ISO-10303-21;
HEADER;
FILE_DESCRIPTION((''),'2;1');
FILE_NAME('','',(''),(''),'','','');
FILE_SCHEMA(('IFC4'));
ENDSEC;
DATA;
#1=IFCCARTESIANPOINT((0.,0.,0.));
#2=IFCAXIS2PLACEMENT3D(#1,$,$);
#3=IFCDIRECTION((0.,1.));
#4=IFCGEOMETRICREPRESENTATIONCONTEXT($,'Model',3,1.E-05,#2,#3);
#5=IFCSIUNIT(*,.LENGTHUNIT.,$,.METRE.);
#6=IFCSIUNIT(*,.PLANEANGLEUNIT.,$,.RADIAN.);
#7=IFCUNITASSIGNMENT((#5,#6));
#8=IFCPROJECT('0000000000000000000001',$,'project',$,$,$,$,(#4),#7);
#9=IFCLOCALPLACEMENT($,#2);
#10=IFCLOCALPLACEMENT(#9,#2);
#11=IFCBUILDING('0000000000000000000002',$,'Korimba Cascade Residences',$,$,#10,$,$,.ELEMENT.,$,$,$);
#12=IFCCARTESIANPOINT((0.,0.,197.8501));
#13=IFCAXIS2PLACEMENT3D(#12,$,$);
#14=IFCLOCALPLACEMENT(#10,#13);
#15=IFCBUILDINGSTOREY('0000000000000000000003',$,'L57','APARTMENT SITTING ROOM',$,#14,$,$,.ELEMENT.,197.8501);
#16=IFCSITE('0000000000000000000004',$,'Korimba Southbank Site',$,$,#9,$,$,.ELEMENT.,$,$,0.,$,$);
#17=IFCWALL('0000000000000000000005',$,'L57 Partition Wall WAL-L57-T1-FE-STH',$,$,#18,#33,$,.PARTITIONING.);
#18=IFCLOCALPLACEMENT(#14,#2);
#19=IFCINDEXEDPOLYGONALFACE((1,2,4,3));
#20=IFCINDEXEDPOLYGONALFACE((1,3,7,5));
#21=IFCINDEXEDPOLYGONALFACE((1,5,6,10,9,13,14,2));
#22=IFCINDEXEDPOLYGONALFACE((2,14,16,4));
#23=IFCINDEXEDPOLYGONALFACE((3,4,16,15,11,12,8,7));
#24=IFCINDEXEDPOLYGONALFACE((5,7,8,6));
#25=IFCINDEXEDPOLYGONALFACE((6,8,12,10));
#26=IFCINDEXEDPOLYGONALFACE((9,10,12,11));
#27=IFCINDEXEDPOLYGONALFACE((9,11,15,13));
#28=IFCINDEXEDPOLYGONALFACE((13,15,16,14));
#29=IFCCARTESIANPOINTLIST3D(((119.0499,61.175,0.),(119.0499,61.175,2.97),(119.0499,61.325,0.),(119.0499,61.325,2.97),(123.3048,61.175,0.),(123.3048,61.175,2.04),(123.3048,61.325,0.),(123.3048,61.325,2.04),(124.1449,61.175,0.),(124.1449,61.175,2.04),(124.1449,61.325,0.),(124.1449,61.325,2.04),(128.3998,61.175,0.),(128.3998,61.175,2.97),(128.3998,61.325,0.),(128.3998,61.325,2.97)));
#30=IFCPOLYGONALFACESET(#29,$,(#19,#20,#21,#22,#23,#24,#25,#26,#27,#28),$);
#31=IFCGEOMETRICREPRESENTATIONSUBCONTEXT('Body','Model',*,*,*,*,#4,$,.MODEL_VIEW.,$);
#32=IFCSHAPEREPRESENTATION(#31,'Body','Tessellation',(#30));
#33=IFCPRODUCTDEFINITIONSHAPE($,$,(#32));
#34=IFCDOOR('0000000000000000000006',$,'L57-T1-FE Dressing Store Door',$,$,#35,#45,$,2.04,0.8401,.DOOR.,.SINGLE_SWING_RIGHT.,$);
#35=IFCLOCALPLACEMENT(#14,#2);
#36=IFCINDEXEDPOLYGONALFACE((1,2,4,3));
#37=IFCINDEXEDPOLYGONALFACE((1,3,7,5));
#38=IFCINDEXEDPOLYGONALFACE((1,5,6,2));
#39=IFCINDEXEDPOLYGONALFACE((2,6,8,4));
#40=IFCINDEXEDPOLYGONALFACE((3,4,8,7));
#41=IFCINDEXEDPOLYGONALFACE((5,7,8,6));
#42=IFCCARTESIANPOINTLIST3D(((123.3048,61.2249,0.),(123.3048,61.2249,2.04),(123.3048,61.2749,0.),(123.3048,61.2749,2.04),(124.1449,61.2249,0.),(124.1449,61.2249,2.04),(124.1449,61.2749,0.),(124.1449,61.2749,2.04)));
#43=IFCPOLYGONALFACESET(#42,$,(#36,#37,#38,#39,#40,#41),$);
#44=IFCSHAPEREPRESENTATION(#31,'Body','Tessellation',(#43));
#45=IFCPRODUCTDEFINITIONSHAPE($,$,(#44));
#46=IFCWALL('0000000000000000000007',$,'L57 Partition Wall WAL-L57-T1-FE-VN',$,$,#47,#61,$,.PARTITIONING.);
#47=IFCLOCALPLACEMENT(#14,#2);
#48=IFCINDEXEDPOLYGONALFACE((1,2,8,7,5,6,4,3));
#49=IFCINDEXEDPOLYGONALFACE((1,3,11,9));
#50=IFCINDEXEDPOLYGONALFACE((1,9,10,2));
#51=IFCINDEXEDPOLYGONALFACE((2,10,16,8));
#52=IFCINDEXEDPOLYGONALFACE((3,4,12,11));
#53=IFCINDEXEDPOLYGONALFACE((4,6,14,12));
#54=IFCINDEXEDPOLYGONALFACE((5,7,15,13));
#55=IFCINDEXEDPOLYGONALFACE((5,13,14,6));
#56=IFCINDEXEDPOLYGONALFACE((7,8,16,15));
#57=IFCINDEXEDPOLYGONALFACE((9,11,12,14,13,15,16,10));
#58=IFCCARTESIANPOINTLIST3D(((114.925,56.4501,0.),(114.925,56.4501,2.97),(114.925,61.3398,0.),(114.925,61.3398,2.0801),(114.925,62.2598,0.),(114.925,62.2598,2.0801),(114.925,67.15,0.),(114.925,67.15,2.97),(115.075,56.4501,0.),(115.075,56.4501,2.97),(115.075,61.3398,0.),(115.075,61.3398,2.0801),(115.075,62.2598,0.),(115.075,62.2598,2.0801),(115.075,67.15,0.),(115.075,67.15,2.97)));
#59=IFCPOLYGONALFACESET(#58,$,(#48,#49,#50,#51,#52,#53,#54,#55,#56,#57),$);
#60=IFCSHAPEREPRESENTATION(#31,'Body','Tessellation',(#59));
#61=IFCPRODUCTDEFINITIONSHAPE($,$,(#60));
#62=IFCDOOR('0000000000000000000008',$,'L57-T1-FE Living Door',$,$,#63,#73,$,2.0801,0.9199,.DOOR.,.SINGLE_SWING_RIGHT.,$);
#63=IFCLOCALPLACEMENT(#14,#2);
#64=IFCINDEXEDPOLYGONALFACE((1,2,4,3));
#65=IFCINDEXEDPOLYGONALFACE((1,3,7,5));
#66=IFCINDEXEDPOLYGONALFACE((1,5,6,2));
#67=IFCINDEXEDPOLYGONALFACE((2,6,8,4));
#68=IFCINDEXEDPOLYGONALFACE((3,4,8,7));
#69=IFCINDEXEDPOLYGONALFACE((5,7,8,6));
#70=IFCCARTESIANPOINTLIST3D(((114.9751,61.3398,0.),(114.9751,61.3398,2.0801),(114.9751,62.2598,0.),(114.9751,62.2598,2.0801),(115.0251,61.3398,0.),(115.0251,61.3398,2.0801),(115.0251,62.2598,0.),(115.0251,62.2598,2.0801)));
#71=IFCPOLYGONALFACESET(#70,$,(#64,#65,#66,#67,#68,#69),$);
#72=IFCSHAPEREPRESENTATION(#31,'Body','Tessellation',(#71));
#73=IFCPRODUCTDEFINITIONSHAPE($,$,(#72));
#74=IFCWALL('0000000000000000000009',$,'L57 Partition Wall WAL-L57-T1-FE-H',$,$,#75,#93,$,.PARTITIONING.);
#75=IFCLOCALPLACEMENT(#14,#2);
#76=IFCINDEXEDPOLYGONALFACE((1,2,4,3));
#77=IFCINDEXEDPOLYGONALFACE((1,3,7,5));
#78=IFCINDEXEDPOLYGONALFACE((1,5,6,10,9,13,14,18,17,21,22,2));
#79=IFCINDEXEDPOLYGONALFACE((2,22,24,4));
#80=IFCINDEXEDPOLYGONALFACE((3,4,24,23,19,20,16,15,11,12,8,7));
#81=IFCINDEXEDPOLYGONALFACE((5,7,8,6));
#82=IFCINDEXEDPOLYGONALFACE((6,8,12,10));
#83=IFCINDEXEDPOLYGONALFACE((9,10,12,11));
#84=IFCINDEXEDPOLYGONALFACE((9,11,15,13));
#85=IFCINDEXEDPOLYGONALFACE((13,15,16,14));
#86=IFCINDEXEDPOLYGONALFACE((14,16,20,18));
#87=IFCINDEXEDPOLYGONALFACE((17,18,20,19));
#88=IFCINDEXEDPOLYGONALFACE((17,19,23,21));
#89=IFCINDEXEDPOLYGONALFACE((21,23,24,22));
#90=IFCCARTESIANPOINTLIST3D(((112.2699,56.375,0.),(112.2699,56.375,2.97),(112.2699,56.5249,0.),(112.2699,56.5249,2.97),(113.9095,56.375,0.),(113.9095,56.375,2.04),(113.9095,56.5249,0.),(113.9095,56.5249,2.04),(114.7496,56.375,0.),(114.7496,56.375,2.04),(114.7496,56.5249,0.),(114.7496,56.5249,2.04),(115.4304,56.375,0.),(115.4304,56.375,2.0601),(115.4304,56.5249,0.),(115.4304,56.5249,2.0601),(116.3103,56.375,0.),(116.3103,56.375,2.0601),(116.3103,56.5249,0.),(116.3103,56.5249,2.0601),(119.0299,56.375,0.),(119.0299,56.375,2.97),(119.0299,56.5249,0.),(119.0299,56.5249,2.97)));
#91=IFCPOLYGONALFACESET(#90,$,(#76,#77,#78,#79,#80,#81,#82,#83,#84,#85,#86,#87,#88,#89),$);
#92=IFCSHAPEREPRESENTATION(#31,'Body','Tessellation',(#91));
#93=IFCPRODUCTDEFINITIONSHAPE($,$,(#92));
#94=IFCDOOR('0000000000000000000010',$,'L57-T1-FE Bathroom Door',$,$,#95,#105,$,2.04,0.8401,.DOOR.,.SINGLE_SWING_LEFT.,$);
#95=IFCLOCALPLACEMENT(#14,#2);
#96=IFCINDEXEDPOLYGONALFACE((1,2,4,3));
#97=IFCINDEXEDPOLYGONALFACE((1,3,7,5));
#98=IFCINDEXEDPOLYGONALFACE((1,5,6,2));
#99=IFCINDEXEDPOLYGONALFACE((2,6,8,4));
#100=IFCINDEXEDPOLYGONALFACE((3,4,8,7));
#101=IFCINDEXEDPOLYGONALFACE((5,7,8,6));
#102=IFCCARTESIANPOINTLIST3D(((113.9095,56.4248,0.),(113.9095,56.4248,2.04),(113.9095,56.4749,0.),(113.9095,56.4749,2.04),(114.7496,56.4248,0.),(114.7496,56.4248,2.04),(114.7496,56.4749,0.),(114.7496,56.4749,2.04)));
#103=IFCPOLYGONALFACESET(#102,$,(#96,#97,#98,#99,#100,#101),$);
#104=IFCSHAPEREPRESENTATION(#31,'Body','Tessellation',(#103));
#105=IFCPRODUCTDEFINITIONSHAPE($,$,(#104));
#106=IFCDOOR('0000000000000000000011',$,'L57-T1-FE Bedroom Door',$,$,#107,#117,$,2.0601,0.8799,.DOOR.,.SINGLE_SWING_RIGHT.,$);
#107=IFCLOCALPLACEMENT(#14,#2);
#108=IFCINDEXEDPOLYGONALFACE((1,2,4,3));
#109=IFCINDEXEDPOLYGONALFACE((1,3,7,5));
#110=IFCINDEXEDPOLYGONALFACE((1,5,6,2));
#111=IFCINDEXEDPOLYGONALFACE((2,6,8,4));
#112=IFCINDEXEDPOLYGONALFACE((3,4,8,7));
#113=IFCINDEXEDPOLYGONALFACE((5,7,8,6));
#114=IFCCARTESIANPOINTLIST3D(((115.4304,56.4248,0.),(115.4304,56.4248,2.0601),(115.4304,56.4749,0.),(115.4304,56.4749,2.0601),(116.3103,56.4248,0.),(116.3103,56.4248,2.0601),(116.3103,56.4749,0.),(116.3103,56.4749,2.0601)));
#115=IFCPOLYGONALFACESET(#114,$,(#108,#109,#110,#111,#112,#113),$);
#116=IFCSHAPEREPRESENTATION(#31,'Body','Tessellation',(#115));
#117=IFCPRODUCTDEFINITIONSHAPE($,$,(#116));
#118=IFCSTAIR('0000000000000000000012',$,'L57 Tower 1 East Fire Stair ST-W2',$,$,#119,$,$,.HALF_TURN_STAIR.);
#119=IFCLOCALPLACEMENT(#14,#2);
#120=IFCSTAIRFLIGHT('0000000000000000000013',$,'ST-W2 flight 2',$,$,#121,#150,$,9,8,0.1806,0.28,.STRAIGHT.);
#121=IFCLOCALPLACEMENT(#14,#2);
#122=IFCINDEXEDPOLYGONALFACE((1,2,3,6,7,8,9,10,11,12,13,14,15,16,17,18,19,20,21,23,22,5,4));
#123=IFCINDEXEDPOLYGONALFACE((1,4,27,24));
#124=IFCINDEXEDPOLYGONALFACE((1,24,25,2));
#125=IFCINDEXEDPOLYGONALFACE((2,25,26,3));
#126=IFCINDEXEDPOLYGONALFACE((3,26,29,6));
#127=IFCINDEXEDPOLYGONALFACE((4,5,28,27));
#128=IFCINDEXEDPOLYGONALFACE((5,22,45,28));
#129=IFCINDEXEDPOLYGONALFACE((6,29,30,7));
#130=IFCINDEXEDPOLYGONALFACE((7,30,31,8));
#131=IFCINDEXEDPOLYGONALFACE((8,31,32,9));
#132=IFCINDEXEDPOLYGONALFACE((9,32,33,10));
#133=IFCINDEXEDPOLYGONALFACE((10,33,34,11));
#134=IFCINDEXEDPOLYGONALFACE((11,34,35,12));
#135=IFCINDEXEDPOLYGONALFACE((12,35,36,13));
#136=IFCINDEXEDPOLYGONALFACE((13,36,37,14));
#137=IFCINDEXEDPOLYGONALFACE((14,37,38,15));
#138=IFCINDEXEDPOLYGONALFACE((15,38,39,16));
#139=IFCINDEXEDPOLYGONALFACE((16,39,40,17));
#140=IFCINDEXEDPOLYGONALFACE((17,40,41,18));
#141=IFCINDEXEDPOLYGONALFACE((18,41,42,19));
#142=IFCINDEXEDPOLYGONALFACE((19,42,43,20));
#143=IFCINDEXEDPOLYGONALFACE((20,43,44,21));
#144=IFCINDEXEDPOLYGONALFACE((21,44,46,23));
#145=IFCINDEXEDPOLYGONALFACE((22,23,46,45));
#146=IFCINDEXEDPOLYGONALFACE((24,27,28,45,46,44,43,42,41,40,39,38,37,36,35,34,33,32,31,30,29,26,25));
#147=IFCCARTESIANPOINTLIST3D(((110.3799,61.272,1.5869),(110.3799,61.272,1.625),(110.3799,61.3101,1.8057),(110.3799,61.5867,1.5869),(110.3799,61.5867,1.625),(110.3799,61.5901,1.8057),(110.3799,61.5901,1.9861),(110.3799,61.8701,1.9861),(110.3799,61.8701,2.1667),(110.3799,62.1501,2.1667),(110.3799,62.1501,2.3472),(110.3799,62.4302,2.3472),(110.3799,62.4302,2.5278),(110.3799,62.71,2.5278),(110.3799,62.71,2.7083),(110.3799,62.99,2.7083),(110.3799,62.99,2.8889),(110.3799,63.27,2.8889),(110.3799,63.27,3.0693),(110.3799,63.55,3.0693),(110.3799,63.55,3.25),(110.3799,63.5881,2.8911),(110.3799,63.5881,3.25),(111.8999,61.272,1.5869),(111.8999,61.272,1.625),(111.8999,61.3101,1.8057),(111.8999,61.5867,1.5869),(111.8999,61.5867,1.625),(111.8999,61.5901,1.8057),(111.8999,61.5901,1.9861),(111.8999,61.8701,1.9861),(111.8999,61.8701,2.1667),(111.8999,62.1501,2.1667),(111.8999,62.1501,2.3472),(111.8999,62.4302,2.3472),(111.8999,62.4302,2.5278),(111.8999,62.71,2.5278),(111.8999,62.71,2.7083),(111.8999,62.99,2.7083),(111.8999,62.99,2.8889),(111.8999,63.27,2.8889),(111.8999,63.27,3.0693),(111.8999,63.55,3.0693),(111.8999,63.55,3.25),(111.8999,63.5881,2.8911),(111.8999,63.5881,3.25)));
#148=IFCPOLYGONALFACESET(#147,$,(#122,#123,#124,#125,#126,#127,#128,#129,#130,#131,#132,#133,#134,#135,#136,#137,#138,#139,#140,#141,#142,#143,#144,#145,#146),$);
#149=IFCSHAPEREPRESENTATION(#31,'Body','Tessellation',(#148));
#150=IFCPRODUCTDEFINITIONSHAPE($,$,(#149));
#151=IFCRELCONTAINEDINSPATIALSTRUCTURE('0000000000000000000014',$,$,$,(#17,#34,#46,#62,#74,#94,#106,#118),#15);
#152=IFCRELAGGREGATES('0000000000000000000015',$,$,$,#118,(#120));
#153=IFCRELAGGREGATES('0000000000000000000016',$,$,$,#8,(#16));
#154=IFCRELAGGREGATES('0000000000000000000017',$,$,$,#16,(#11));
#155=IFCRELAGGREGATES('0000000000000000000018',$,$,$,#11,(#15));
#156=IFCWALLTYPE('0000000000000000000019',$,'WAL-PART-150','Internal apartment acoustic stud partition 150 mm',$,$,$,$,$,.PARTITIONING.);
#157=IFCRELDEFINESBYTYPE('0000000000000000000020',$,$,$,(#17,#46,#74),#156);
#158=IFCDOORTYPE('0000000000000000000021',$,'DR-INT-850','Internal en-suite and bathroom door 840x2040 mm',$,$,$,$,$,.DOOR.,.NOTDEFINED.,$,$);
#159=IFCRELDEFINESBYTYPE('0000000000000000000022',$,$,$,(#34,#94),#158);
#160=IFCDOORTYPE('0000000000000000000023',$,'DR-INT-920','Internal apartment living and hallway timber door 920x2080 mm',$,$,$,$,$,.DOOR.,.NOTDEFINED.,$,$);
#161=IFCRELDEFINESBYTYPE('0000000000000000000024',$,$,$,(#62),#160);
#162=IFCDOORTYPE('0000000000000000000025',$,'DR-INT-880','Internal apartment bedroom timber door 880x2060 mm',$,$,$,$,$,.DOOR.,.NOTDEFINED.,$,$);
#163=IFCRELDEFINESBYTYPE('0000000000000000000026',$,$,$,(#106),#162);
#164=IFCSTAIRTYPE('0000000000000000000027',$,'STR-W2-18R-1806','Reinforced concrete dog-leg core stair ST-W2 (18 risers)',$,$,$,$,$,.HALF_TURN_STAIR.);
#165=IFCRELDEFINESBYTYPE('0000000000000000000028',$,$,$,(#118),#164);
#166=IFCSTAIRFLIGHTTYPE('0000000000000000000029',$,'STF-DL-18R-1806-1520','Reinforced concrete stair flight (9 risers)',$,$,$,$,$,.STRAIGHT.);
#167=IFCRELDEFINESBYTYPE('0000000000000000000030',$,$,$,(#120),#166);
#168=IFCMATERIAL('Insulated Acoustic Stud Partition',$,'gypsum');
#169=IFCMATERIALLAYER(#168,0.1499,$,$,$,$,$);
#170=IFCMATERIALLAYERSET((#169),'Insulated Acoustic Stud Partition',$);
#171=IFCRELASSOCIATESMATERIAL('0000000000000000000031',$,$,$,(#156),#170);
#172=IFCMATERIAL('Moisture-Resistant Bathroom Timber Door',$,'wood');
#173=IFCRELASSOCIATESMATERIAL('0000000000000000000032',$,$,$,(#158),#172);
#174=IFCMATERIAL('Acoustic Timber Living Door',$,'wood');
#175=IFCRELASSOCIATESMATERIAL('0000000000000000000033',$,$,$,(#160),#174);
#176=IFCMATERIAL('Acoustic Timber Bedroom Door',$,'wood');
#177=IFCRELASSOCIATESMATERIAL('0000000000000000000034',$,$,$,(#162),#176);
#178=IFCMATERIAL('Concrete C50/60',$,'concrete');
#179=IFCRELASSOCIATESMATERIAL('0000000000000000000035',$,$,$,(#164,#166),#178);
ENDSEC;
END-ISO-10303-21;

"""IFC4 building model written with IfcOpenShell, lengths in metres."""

from ifc_helpers import new_model, si_unit, direction, frame, frame_2d, origin, place, context, subcontext, project, spatial, polyline, rectangle, outline, extrude, material, layer, layer_set, type_object, element, fill, aggregate, save


model = new_model("IFC4")

# Units and contexts
model_context = context("Model", 3, precision=1e-05, world=origin(), true_north=direction((0.0, 1.0)))
body_context = subcontext(model_context, "Body", "Model", "MODEL_VIEW")
ifc_project = project(units=[si_unit("LENGTHUNIT", "METRE"), si_unit("PLANEANGLEUNIT", "RADIAN")], contexts=[model_context])

# Site, building, storey
site_placement = place(None, origin())
site = spatial("IfcSite", under=ifc_project, at=site_placement, Name="Korimba Southbank Site", CompositionType="ELEMENT", RefElevation=0.0)
building_placement = place(site_placement, origin())
building = spatial("IfcBuilding", under=site, at=building_placement, Name="Korimba Cascade Residences", CompositionType="ELEMENT")
storey_placement = place(building_placement, frame((0.0, 0.0, 197.8501)))
storey = spatial("IfcBuildingStorey", under=building, at=storey_placement, Name="L57", Description="APARTMENT SITTING ROOM", CompositionType="ELEMENT", Elevation=197.8501)

# Walls, openings, doors
ifc_material_1 = material(Name="Insulated Acoustic Stud Partition", Category="gypsum")
ifc_layer_1 = layer(ifc_material_1, 0.1499)
ifc_layer_set_1 = layer_set([ifc_layer_1], Name="Insulated Acoustic Stud Partition")
wall_type_1 = type_object("IfcWallType", Name="WAL-PART-150", Description="Internal apartment acoustic stud partition 150 mm", PredefinedType="PARTITIONING", material=ifc_layer_set_1)
wall_1_placement = place(storey_placement, frame((119.05, 61.25, 0.0), z_axis=(0.0, 0.0, 1.0), x_axis=(1.0, 0.0, 0.0)))
wall_1 = element("IfcWall", 1, at=wall_1_placement, inside=storey, type_object=wall_type_1, Name="L57 Partition Wall WAL-L57-T1-FE-STH", PredefinedType="PARTITIONING", context=body_context, shape_type="SweptSolid", body=[
    extrude(rectangle(XDim=9.3499, YDim=0.1499, at=frame_2d((4.6748, 0.0))), origin(), (0.0, 0.0, 1.0), 2.97),
])
opening_1_placement = place(wall_1_placement, frame((4.2549, 0.0, 0.0)))
opening_1 = element("IfcOpeningElement", 2, at=opening_1_placement, cuts=wall_1, PredefinedType="OPENING", context=body_context, shape_type="SweptSolid", body=[
    extrude(rectangle(XDim=0.8401, YDim=2.04, at=frame_2d((0.4199, 1.02))), frame((0.0, 0.085, 0.0), z_axis=(0.0, -1.0, 0.0), x_axis=(1.0, 0.0, 0.0)), (0.0, 0.0, 1.0), 0.1699),
])
ifc_material_2 = material(Name="Moisture-Resistant Bathroom Timber Door", Category="wood")
door_type_1 = type_object("IfcDoorType", Name="DR-INT-850", Description="Internal en-suite and bathroom door 840x2040 mm", OperationType="NOTDEFINED", PredefinedType="DOOR", material=ifc_material_2)
door_1_placement = place(opening_1_placement, origin())
door_1 = element("IfcDoor", 3, at=door_1_placement, inside=storey, type_object=door_type_1, Name="L57-T1-FE Dressing Store Door", OperationType="SINGLE_SWING_RIGHT", OverallHeight=2.04, OverallWidth=0.8401, PredefinedType="DOOR", context=body_context, shape_type="SweptSolid", body=[
    extrude(rectangle(XDim=0.8401, YDim=2.04, at=frame_2d((0.4199, 1.02))), frame((0.0, 0.0249, 0.0), z_axis=(0.0, -1.0, 0.0), x_axis=(1.0, 0.0, 0.0)), (0.0, 0.0, 1.0), 0.05),
])
fill(opening_1, door_1)
wall_2_placement = place(storey_placement, frame((115.0, 56.45, 0.0), z_axis=(0.0, 0.0, 1.0), x_axis=(0.0, 1.0, 0.0)))
wall_2 = element("IfcWall", 4, at=wall_2_placement, inside=storey, type_object=wall_type_1, Name="L57 Partition Wall WAL-L57-T1-FE-VN", PredefinedType="PARTITIONING", context=body_context, shape_type="SweptSolid", body=[
    extrude(rectangle(XDim=10.7, YDim=0.1499, at=frame_2d((5.3501, 0.0))), origin(), (0.0, 0.0, 1.0), 2.97),
])
opening_2_placement = place(wall_2_placement, frame((4.8899, 0.0, 0.0)))
opening_2 = element("IfcOpeningElement", 5, at=opening_2_placement, cuts=wall_2, PredefinedType="OPENING", context=body_context, shape_type="SweptSolid", body=[
    extrude(rectangle(XDim=0.9199, YDim=2.0801, at=frame_2d((0.46, 1.04))), frame((0.0, 0.085, 0.0), z_axis=(0.0, -1.0, 0.0), x_axis=(1.0, 0.0, 0.0)), (0.0, 0.0, 1.0), 0.1699),
])
ifc_material_3 = material(Name="Acoustic Timber Living Door", Category="wood")
door_type_2 = type_object("IfcDoorType", Name="DR-INT-920", Description="Internal apartment living and hallway timber door 920x2080 mm", OperationType="NOTDEFINED", PredefinedType="DOOR", material=ifc_material_3)
door_2_placement = place(opening_2_placement, origin())
door_2 = element("IfcDoor", 6, at=door_2_placement, inside=storey, type_object=door_type_2, Name="L57-T1-FE Living Door", OperationType="SINGLE_SWING_RIGHT", OverallHeight=2.0801, OverallWidth=0.9199, PredefinedType="DOOR", context=body_context, shape_type="SweptSolid", body=[
    extrude(rectangle(XDim=0.9199, YDim=2.0801, at=frame_2d((0.46, 1.04))), frame((0.0, 0.0249, 0.0), z_axis=(0.0, -1.0, 0.0), x_axis=(1.0, 0.0, 0.0)), (0.0, 0.0, 1.0), 0.05),
])
fill(opening_2, door_2)

# Wall, openings, doors
wall_3_placement = place(storey_placement, frame((112.27, 56.45, 0.0), z_axis=(0.0, 0.0, 1.0), x_axis=(1.0, 0.0, 0.0)))
wall_3 = element("IfcWall", 7, at=wall_3_placement, inside=storey, type_object=wall_type_1, Name="L57 Partition Wall WAL-L57-T1-FE-H", PredefinedType="PARTITIONING", context=body_context, shape_type="SweptSolid", body=[
    extrude(rectangle(XDim=6.76, YDim=0.1499, at=frame_2d((3.3799, 0.0))), origin(), (0.0, 0.0, 1.0), 2.97),
])
opening_3_placement = place(wall_3_placement, frame((1.6396, 0.0, 0.0)))
opening_3 = element("IfcOpeningElement", 8, at=opening_3_placement, cuts=wall_3, PredefinedType="OPENING", context=body_context, shape_type="SweptSolid", body=[
    extrude(rectangle(XDim=0.8401, YDim=2.04, at=frame_2d((0.4199, 1.02))), frame((0.0, 0.085, 0.0), z_axis=(0.0, -1.0, 0.0), x_axis=(1.0, 0.0, 0.0)), (0.0, 0.0, 1.0), 0.1699),
])
opening_4_placement = place(wall_3_placement, frame((3.1604, 0.0, 0.0)))
opening_4 = element("IfcOpeningElement", 9, at=opening_4_placement, cuts=wall_3, PredefinedType="OPENING", context=body_context, shape_type="SweptSolid", body=[
    extrude(rectangle(XDim=0.8799, YDim=2.0601, at=frame_2d((0.4399, 1.03))), frame((0.0, 0.085, 0.0), z_axis=(0.0, -1.0, 0.0), x_axis=(1.0, 0.0, 0.0)), (0.0, 0.0, 1.0), 0.1699),
])
door_3_placement = place(opening_3_placement, origin())
door_3 = element("IfcDoor", 10, at=door_3_placement, inside=storey, type_object=door_type_1, Name="L57-T1-FE Bathroom Door", OperationType="SINGLE_SWING_LEFT", OverallHeight=2.04, OverallWidth=0.8401, PredefinedType="DOOR", context=body_context, shape_type="SweptSolid", body=[
    extrude(rectangle(XDim=0.8401, YDim=2.04, at=frame_2d((0.4199, 1.02))), frame((0.0, 0.0249, 0.0), z_axis=(0.0, -1.0, 0.0), x_axis=(1.0, 0.0, 0.0)), (0.0, 0.0, 1.0), 0.05),
])
fill(opening_3, door_3)
ifc_material_4 = material(Name="Acoustic Timber Bedroom Door", Category="wood")
door_type_3 = type_object("IfcDoorType", Name="DR-INT-880", Description="Internal apartment bedroom timber door 880x2060 mm", OperationType="NOTDEFINED", PredefinedType="DOOR", material=ifc_material_4)
door_4_placement = place(opening_4_placement, origin())
door_4 = element("IfcDoor", 11, at=door_4_placement, inside=storey, type_object=door_type_3, Name="L57-T1-FE Bedroom Door", OperationType="SINGLE_SWING_RIGHT", OverallHeight=2.0601, OverallWidth=0.8799, PredefinedType="DOOR", context=body_context, shape_type="SweptSolid", body=[
    extrude(rectangle(XDim=0.8799, YDim=2.0601, at=frame_2d((0.4399, 1.03))), frame((0.0, 0.0249, 0.0), z_axis=(0.0, -1.0, 0.0), x_axis=(1.0, 0.0, 0.0)), (0.0, 0.0, 1.0), 0.05),
])
fill(opening_4, door_4)

# Stair, stair flight
ifc_material_5 = material(Name="Concrete C50/60", Category="concrete")
stair_type = type_object("IfcStairType", Name="STR-W2-18R-1806", Description="Reinforced concrete dog-leg core stair ST-W2 (18 risers)", PredefinedType="HALF_TURN_STAIR", material=ifc_material_5)
stair_placement = place(storey_placement, origin())
stair = element("IfcStair", 12, at=stair_placement, inside=storey, type_object=stair_type, Name="L57 Tower 1 East Fire Stair ST-W2", PredefinedType="HALF_TURN_STAIR")
stair_flight_type = type_object("IfcStairFlightType", Name="STF-DL-18R-1806-1520", Description="Reinforced concrete stair flight (9 risers)", PredefinedType="STRAIGHT", material=ifc_material_5)
stair_flight_placement = place(storey_placement, frame((111.1399, 61.3101, 1.625), z_axis=(0.0, 0.0, 1.0), x_axis=(0.0, 1.0, 0.0)))
stair_flight = element("IfcStairFlight", 13, at=stair_flight_placement, type_object=stair_flight_type, Name="ST-W2 flight 2", NumberOfRisers=9, NumberOfTreads=8, PredefinedType="STRAIGHT", RiserHeight=0.1806, TreadLength=0.28, context=body_context, shape_type="SweptSolid", body=[
    extrude(outline(polyline([(-0.0381, 0.0), (0.0, 0.1807), (0.28, 0.1807), (0.28, 0.3611), (0.5601, 0.3611), (0.5601, 0.5417), (0.8401, 0.5417), (0.8401, 0.7222), (1.1201, 0.7222), (1.1201, 0.9028), (1.3999, 0.9028), (1.3999, 1.0833), (1.6799, 1.0833), (1.6799, 1.2639), (1.96, 1.2639), (1.96, 1.4443), (2.24, 1.4443), (2.24, 1.625), (2.2781, 1.625), (2.2781, 1.2661), (0.2766, 0.0), (0.2766, -0.0381), (-0.0381, -0.0381), (-0.0381, 0.0)])), frame((0.0, 0.76, 0.0), z_axis=(0.0, -1.0, 0.0), x_axis=(1.0, 0.0, 0.0)), (0.0, 0.0, 1.0), 1.52),
])
aggregate(stair, [stair_flight])

save(model, "model.ifc")
